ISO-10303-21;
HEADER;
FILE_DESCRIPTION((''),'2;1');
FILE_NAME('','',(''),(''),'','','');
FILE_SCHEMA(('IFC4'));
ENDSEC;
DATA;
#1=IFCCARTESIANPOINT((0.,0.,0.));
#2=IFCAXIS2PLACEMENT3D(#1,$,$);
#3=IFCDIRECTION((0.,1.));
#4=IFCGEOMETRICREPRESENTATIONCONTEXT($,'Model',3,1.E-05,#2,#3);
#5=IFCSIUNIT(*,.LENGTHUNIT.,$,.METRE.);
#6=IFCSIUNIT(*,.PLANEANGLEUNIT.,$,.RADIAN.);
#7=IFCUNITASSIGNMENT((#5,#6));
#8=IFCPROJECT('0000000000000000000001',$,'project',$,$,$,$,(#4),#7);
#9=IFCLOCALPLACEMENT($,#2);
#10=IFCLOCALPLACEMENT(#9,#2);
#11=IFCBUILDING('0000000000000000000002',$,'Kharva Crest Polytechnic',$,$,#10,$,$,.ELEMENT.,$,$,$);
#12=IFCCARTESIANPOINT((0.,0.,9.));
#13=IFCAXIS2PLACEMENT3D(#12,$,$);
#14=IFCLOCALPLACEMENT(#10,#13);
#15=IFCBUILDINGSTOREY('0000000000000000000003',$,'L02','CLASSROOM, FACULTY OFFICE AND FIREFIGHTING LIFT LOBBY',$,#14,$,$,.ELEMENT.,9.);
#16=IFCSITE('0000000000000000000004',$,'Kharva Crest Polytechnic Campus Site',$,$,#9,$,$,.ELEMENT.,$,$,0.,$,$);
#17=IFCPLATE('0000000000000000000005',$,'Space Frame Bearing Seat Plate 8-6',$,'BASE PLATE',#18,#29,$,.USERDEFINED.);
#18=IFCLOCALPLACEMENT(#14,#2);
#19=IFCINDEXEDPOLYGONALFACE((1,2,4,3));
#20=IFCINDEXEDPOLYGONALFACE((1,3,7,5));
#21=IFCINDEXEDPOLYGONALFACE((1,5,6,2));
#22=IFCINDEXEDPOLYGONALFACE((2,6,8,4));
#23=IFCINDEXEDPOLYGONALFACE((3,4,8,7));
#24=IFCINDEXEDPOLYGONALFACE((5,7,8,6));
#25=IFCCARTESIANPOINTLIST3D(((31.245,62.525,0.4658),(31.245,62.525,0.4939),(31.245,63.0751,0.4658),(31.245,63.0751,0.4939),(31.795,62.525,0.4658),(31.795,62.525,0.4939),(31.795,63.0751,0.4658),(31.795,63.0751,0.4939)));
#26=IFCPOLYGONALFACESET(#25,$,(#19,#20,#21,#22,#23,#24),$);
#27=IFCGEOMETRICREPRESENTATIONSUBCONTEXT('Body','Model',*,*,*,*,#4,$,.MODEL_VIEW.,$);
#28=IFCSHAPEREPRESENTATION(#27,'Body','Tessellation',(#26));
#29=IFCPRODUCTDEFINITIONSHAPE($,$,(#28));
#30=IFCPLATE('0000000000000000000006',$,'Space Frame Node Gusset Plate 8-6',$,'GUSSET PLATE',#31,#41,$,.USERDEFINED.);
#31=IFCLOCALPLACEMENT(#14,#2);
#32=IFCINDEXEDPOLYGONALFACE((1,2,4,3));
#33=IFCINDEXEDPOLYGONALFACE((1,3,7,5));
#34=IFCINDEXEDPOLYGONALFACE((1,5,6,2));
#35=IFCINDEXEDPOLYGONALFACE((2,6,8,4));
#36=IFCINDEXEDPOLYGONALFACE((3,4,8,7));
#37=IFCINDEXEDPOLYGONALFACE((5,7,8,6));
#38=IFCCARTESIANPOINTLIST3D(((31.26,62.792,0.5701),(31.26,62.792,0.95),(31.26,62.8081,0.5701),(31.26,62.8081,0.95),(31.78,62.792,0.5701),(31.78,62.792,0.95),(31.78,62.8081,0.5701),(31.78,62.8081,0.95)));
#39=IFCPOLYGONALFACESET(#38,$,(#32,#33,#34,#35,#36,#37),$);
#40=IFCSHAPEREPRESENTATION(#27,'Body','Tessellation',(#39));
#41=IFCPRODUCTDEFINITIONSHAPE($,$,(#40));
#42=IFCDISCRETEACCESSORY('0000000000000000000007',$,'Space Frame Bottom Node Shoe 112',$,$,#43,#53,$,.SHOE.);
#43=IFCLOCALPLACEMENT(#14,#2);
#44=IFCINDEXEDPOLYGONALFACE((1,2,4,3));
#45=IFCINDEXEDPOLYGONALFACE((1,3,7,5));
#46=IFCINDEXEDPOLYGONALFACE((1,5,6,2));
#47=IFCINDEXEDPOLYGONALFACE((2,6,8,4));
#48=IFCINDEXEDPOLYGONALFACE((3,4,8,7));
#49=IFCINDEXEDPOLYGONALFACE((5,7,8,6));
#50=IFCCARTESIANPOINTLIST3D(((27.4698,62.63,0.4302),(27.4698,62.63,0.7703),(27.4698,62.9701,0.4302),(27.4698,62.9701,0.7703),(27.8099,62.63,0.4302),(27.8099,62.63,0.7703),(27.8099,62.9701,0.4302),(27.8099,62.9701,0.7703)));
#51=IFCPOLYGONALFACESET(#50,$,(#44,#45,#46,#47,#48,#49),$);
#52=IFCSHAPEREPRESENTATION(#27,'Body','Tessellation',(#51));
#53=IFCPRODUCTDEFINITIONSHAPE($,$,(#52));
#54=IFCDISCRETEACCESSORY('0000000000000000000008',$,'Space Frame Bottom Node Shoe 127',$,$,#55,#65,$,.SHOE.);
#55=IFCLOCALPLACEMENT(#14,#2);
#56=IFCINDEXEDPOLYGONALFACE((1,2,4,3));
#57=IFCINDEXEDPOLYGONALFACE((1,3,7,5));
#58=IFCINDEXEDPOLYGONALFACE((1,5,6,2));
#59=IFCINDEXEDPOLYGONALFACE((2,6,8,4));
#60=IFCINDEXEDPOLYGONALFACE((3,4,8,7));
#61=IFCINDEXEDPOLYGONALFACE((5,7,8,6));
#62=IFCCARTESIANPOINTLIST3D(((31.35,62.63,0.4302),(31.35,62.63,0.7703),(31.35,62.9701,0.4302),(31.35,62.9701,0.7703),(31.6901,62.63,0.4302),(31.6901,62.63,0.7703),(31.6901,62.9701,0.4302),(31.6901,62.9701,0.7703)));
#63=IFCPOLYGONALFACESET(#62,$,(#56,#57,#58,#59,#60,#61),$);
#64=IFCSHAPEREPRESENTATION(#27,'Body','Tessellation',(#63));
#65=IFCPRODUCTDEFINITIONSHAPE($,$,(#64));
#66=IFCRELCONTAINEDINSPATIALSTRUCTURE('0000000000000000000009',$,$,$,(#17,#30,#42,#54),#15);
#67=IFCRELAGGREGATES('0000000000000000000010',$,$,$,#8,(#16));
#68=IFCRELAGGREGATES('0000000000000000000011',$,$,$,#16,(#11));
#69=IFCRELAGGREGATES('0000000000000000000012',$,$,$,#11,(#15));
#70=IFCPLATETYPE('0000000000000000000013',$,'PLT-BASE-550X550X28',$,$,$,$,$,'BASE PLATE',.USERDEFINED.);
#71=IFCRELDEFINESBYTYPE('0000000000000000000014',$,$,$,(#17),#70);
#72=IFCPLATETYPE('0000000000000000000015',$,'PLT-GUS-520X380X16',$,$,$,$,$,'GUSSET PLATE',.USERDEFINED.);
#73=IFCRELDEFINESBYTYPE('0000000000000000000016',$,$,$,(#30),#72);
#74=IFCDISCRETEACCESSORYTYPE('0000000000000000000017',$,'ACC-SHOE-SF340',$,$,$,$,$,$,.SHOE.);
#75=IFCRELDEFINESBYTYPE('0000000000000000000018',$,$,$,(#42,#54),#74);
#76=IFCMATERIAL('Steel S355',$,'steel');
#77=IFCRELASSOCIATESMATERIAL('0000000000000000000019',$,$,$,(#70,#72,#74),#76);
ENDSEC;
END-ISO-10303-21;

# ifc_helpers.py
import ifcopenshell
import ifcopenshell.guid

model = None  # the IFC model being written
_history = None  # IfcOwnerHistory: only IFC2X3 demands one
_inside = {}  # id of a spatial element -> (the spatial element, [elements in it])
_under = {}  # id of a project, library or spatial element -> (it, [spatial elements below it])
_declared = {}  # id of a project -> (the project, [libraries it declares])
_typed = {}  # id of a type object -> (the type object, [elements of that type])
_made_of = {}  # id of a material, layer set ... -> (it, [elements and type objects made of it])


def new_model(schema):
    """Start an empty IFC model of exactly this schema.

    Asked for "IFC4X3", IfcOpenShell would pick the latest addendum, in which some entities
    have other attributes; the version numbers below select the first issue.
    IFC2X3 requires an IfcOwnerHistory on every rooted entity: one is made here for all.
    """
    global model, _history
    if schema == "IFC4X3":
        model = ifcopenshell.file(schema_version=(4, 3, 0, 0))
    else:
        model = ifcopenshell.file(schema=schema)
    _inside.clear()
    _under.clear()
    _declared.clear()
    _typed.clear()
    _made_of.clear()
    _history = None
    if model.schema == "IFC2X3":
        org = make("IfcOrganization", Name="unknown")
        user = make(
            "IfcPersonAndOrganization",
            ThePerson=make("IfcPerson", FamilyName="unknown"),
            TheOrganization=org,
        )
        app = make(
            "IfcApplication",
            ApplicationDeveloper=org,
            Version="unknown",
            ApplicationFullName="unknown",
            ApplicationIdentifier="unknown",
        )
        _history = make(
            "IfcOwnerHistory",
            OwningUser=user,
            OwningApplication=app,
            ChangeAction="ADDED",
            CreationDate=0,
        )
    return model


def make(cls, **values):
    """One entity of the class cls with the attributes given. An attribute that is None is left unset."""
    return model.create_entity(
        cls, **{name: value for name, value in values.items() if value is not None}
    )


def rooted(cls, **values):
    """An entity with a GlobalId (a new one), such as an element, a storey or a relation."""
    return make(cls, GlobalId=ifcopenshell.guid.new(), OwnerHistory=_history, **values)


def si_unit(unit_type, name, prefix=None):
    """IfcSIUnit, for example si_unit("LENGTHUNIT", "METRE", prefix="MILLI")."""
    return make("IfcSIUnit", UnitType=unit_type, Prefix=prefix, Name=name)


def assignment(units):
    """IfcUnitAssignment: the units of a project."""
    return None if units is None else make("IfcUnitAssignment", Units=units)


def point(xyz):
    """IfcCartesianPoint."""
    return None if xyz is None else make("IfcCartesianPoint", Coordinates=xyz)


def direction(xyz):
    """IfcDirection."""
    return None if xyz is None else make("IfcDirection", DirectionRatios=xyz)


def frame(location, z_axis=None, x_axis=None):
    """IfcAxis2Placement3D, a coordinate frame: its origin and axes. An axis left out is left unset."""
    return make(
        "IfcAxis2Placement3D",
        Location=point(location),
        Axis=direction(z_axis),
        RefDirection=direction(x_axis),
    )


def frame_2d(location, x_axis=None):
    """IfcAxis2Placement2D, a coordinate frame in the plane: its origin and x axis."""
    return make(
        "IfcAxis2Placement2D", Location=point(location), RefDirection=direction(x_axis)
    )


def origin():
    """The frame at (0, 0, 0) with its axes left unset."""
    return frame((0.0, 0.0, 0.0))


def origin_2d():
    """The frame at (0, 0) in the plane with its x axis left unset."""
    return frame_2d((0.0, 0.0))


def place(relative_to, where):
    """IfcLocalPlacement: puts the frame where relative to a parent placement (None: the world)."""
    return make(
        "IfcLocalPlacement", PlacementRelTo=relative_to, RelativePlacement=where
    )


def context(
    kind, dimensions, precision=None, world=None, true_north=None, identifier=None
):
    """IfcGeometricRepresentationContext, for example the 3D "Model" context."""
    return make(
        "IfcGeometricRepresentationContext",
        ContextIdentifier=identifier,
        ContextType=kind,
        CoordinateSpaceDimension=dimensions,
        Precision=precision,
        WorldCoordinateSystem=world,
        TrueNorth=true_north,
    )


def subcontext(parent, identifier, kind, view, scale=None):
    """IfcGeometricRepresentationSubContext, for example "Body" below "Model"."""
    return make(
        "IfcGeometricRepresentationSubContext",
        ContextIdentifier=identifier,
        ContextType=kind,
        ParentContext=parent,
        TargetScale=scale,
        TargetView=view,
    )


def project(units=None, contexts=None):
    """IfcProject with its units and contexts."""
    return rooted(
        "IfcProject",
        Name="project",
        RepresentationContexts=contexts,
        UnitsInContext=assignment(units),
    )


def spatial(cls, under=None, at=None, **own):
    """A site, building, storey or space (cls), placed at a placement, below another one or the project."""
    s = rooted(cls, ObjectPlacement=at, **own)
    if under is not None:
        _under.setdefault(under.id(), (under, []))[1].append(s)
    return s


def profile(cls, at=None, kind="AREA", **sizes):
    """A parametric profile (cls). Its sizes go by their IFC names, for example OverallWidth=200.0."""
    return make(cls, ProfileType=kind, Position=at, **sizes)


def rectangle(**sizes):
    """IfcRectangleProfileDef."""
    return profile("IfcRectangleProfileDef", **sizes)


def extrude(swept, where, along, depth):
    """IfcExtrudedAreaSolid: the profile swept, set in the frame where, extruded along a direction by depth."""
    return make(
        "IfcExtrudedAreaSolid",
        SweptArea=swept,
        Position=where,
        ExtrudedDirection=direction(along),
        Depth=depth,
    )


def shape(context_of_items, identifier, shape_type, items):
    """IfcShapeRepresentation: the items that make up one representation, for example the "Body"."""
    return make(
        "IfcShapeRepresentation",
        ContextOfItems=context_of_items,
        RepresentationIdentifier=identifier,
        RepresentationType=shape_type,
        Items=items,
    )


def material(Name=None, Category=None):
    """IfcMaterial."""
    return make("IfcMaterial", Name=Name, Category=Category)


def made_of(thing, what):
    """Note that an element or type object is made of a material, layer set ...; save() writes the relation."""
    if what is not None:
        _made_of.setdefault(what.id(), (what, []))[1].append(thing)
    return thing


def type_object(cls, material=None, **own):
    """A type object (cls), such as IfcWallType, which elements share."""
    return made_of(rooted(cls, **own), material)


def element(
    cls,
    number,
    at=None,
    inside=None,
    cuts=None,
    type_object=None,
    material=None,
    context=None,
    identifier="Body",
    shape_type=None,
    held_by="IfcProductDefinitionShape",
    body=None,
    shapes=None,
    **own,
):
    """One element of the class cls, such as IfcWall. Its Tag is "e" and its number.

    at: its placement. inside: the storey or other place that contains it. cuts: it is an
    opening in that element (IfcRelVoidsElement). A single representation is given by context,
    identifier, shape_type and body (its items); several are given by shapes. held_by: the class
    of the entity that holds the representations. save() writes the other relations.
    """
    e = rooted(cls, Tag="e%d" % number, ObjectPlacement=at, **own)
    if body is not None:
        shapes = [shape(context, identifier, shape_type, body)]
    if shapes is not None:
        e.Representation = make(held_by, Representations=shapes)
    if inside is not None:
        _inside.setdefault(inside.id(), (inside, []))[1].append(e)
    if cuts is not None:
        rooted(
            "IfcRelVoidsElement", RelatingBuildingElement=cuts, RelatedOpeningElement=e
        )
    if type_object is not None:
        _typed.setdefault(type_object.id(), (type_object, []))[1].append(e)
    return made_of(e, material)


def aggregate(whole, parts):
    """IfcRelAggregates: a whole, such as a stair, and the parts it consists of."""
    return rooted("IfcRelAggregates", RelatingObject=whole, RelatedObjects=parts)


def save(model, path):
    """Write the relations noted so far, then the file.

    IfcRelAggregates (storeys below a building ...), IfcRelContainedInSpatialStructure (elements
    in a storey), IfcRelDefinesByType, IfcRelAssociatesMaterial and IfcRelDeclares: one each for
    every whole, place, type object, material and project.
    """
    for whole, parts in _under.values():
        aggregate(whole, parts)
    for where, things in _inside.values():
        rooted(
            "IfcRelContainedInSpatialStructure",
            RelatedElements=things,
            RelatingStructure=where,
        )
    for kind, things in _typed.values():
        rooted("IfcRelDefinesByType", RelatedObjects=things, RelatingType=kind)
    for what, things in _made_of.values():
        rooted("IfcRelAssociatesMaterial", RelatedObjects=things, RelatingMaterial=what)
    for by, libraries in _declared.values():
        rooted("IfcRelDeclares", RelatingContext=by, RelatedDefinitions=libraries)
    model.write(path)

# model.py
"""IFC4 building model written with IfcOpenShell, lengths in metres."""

from ifc_helpers import new_model, si_unit, direction, frame, origin, origin_2d, place, context, subcontext, project, spatial, rectangle, extrude, material, type_object, element, save


model = new_model("IFC4")

# Units and contexts
model_context = context("Model", 3, precision=1e-05, world=origin(), true_north=direction((0.0, 1.0)))
body_context = subcontext(model_context, "Body", "Model", "MODEL_VIEW")
ifc_project = project(units=[si_unit("LENGTHUNIT", "METRE"), si_unit("PLANEANGLEUNIT", "RADIAN")], contexts=[model_context])

# Site, building, storey
site_placement = place(None, origin())
site = spatial("IfcSite", under=ifc_project, at=site_placement, Name="Kharva Crest Polytechnic Campus Site", CompositionType="ELEMENT", RefElevation=0.0)
building_placement = place(site_placement, origin())
building = spatial("IfcBuilding", under=site, at=building_placement, Name="Kharva Crest Polytechnic", CompositionType="ELEMENT")
storey_placement = place(building_placement, frame((0.0, 0.0, 9.0)))
storey = spatial("IfcBuildingStorey", under=building, at=storey_placement, Name="L02", Description="CLASSROOM, FACULTY OFFICE AND FIREFIGHTING LIFT LOBBY", CompositionType="ELEMENT", Elevation=9.0)

# Shared definitions
ifc_material_1 = material(Name="Steel S355", Category="steel")

# Plates
plate_type_1 = type_object("IfcPlateType", Name="PLT-BASE-550X550X28", ElementType="BASE PLATE", PredefinedType="USERDEFINED", material=ifc_material_1)
plate_1_placement = place(storey_placement, frame((31.52, 62.8, 0.4658), z_axis=(0.0, 0.0, 1.0), x_axis=(1.0, 0.0, 0.0)))
element("IfcPlate", 1, at=plate_1_placement, inside=storey, type_object=plate_type_1, Name="Space Frame Bearing Seat Plate 8-6", ObjectType="BASE PLATE", PredefinedType="USERDEFINED", context=body_context, shape_type="SweptSolid", body=[
    extrude(rectangle(XDim=0.55, YDim=0.55, at=origin_2d()), origin(), (0.0, 0.0, 1.0), 0.0281),
])
plate_type_2 = type_object("IfcPlateType", Name="PLT-GUS-520X380X16", ElementType="GUSSET PLATE", PredefinedType="USERDEFINED", material=ifc_material_1)
plate_2_placement = place(storey_placement, frame((31.52, 62.8, 0.5701), z_axis=(0.0, 0.0, 1.0), x_axis=(1.0, 0.0, 0.0)))
element("IfcPlate", 2, at=plate_2_placement, inside=storey, type_object=plate_type_2, Name="Space Frame Node Gusset Plate 8-6", ObjectType="GUSSET PLATE", PredefinedType="USERDEFINED", context=body_context, shape_type="SweptSolid", body=[
    extrude(rectangle(XDim=0.52, YDim=0.0161, at=origin_2d()), origin(), (0.0, 0.0, 1.0), 0.3799),
])

# Discrete accessories
discrete_accessory_type = type_object("IfcDiscreteAccessoryType", Name="ACC-SHOE-SF340", PredefinedType="SHOE", material=ifc_material_1)
for number, where, z_axis, x_axis, name in (
    (3, (27.6399, 62.8, 0.4302), (0.0, 0.0, 1.0), (1.0, 0.0, 0.0), "Space Frame Bottom Node Shoe 112"),
    (4, (31.52, 62.8, 0.4302), (0.0, 0.0, 1.0), (1.0, 0.0, 0.0), "Space Frame Bottom Node Shoe 127"),
):
    element("IfcDiscreteAccessory", number, at=place(storey_placement, frame(where, z_axis=z_axis, x_axis=x_axis)), inside=storey, type_object=discrete_accessory_type, Name=name, PredefinedType="SHOE", context=body_context, shape_type="SweptSolid", body=[
        extrude(rectangle(XDim=0.3401, YDim=0.3401, at=origin_2d()), origin(), (0.0, 0.0, 1.0), 0.3401),
    ])

save(model, "model.ifc")
